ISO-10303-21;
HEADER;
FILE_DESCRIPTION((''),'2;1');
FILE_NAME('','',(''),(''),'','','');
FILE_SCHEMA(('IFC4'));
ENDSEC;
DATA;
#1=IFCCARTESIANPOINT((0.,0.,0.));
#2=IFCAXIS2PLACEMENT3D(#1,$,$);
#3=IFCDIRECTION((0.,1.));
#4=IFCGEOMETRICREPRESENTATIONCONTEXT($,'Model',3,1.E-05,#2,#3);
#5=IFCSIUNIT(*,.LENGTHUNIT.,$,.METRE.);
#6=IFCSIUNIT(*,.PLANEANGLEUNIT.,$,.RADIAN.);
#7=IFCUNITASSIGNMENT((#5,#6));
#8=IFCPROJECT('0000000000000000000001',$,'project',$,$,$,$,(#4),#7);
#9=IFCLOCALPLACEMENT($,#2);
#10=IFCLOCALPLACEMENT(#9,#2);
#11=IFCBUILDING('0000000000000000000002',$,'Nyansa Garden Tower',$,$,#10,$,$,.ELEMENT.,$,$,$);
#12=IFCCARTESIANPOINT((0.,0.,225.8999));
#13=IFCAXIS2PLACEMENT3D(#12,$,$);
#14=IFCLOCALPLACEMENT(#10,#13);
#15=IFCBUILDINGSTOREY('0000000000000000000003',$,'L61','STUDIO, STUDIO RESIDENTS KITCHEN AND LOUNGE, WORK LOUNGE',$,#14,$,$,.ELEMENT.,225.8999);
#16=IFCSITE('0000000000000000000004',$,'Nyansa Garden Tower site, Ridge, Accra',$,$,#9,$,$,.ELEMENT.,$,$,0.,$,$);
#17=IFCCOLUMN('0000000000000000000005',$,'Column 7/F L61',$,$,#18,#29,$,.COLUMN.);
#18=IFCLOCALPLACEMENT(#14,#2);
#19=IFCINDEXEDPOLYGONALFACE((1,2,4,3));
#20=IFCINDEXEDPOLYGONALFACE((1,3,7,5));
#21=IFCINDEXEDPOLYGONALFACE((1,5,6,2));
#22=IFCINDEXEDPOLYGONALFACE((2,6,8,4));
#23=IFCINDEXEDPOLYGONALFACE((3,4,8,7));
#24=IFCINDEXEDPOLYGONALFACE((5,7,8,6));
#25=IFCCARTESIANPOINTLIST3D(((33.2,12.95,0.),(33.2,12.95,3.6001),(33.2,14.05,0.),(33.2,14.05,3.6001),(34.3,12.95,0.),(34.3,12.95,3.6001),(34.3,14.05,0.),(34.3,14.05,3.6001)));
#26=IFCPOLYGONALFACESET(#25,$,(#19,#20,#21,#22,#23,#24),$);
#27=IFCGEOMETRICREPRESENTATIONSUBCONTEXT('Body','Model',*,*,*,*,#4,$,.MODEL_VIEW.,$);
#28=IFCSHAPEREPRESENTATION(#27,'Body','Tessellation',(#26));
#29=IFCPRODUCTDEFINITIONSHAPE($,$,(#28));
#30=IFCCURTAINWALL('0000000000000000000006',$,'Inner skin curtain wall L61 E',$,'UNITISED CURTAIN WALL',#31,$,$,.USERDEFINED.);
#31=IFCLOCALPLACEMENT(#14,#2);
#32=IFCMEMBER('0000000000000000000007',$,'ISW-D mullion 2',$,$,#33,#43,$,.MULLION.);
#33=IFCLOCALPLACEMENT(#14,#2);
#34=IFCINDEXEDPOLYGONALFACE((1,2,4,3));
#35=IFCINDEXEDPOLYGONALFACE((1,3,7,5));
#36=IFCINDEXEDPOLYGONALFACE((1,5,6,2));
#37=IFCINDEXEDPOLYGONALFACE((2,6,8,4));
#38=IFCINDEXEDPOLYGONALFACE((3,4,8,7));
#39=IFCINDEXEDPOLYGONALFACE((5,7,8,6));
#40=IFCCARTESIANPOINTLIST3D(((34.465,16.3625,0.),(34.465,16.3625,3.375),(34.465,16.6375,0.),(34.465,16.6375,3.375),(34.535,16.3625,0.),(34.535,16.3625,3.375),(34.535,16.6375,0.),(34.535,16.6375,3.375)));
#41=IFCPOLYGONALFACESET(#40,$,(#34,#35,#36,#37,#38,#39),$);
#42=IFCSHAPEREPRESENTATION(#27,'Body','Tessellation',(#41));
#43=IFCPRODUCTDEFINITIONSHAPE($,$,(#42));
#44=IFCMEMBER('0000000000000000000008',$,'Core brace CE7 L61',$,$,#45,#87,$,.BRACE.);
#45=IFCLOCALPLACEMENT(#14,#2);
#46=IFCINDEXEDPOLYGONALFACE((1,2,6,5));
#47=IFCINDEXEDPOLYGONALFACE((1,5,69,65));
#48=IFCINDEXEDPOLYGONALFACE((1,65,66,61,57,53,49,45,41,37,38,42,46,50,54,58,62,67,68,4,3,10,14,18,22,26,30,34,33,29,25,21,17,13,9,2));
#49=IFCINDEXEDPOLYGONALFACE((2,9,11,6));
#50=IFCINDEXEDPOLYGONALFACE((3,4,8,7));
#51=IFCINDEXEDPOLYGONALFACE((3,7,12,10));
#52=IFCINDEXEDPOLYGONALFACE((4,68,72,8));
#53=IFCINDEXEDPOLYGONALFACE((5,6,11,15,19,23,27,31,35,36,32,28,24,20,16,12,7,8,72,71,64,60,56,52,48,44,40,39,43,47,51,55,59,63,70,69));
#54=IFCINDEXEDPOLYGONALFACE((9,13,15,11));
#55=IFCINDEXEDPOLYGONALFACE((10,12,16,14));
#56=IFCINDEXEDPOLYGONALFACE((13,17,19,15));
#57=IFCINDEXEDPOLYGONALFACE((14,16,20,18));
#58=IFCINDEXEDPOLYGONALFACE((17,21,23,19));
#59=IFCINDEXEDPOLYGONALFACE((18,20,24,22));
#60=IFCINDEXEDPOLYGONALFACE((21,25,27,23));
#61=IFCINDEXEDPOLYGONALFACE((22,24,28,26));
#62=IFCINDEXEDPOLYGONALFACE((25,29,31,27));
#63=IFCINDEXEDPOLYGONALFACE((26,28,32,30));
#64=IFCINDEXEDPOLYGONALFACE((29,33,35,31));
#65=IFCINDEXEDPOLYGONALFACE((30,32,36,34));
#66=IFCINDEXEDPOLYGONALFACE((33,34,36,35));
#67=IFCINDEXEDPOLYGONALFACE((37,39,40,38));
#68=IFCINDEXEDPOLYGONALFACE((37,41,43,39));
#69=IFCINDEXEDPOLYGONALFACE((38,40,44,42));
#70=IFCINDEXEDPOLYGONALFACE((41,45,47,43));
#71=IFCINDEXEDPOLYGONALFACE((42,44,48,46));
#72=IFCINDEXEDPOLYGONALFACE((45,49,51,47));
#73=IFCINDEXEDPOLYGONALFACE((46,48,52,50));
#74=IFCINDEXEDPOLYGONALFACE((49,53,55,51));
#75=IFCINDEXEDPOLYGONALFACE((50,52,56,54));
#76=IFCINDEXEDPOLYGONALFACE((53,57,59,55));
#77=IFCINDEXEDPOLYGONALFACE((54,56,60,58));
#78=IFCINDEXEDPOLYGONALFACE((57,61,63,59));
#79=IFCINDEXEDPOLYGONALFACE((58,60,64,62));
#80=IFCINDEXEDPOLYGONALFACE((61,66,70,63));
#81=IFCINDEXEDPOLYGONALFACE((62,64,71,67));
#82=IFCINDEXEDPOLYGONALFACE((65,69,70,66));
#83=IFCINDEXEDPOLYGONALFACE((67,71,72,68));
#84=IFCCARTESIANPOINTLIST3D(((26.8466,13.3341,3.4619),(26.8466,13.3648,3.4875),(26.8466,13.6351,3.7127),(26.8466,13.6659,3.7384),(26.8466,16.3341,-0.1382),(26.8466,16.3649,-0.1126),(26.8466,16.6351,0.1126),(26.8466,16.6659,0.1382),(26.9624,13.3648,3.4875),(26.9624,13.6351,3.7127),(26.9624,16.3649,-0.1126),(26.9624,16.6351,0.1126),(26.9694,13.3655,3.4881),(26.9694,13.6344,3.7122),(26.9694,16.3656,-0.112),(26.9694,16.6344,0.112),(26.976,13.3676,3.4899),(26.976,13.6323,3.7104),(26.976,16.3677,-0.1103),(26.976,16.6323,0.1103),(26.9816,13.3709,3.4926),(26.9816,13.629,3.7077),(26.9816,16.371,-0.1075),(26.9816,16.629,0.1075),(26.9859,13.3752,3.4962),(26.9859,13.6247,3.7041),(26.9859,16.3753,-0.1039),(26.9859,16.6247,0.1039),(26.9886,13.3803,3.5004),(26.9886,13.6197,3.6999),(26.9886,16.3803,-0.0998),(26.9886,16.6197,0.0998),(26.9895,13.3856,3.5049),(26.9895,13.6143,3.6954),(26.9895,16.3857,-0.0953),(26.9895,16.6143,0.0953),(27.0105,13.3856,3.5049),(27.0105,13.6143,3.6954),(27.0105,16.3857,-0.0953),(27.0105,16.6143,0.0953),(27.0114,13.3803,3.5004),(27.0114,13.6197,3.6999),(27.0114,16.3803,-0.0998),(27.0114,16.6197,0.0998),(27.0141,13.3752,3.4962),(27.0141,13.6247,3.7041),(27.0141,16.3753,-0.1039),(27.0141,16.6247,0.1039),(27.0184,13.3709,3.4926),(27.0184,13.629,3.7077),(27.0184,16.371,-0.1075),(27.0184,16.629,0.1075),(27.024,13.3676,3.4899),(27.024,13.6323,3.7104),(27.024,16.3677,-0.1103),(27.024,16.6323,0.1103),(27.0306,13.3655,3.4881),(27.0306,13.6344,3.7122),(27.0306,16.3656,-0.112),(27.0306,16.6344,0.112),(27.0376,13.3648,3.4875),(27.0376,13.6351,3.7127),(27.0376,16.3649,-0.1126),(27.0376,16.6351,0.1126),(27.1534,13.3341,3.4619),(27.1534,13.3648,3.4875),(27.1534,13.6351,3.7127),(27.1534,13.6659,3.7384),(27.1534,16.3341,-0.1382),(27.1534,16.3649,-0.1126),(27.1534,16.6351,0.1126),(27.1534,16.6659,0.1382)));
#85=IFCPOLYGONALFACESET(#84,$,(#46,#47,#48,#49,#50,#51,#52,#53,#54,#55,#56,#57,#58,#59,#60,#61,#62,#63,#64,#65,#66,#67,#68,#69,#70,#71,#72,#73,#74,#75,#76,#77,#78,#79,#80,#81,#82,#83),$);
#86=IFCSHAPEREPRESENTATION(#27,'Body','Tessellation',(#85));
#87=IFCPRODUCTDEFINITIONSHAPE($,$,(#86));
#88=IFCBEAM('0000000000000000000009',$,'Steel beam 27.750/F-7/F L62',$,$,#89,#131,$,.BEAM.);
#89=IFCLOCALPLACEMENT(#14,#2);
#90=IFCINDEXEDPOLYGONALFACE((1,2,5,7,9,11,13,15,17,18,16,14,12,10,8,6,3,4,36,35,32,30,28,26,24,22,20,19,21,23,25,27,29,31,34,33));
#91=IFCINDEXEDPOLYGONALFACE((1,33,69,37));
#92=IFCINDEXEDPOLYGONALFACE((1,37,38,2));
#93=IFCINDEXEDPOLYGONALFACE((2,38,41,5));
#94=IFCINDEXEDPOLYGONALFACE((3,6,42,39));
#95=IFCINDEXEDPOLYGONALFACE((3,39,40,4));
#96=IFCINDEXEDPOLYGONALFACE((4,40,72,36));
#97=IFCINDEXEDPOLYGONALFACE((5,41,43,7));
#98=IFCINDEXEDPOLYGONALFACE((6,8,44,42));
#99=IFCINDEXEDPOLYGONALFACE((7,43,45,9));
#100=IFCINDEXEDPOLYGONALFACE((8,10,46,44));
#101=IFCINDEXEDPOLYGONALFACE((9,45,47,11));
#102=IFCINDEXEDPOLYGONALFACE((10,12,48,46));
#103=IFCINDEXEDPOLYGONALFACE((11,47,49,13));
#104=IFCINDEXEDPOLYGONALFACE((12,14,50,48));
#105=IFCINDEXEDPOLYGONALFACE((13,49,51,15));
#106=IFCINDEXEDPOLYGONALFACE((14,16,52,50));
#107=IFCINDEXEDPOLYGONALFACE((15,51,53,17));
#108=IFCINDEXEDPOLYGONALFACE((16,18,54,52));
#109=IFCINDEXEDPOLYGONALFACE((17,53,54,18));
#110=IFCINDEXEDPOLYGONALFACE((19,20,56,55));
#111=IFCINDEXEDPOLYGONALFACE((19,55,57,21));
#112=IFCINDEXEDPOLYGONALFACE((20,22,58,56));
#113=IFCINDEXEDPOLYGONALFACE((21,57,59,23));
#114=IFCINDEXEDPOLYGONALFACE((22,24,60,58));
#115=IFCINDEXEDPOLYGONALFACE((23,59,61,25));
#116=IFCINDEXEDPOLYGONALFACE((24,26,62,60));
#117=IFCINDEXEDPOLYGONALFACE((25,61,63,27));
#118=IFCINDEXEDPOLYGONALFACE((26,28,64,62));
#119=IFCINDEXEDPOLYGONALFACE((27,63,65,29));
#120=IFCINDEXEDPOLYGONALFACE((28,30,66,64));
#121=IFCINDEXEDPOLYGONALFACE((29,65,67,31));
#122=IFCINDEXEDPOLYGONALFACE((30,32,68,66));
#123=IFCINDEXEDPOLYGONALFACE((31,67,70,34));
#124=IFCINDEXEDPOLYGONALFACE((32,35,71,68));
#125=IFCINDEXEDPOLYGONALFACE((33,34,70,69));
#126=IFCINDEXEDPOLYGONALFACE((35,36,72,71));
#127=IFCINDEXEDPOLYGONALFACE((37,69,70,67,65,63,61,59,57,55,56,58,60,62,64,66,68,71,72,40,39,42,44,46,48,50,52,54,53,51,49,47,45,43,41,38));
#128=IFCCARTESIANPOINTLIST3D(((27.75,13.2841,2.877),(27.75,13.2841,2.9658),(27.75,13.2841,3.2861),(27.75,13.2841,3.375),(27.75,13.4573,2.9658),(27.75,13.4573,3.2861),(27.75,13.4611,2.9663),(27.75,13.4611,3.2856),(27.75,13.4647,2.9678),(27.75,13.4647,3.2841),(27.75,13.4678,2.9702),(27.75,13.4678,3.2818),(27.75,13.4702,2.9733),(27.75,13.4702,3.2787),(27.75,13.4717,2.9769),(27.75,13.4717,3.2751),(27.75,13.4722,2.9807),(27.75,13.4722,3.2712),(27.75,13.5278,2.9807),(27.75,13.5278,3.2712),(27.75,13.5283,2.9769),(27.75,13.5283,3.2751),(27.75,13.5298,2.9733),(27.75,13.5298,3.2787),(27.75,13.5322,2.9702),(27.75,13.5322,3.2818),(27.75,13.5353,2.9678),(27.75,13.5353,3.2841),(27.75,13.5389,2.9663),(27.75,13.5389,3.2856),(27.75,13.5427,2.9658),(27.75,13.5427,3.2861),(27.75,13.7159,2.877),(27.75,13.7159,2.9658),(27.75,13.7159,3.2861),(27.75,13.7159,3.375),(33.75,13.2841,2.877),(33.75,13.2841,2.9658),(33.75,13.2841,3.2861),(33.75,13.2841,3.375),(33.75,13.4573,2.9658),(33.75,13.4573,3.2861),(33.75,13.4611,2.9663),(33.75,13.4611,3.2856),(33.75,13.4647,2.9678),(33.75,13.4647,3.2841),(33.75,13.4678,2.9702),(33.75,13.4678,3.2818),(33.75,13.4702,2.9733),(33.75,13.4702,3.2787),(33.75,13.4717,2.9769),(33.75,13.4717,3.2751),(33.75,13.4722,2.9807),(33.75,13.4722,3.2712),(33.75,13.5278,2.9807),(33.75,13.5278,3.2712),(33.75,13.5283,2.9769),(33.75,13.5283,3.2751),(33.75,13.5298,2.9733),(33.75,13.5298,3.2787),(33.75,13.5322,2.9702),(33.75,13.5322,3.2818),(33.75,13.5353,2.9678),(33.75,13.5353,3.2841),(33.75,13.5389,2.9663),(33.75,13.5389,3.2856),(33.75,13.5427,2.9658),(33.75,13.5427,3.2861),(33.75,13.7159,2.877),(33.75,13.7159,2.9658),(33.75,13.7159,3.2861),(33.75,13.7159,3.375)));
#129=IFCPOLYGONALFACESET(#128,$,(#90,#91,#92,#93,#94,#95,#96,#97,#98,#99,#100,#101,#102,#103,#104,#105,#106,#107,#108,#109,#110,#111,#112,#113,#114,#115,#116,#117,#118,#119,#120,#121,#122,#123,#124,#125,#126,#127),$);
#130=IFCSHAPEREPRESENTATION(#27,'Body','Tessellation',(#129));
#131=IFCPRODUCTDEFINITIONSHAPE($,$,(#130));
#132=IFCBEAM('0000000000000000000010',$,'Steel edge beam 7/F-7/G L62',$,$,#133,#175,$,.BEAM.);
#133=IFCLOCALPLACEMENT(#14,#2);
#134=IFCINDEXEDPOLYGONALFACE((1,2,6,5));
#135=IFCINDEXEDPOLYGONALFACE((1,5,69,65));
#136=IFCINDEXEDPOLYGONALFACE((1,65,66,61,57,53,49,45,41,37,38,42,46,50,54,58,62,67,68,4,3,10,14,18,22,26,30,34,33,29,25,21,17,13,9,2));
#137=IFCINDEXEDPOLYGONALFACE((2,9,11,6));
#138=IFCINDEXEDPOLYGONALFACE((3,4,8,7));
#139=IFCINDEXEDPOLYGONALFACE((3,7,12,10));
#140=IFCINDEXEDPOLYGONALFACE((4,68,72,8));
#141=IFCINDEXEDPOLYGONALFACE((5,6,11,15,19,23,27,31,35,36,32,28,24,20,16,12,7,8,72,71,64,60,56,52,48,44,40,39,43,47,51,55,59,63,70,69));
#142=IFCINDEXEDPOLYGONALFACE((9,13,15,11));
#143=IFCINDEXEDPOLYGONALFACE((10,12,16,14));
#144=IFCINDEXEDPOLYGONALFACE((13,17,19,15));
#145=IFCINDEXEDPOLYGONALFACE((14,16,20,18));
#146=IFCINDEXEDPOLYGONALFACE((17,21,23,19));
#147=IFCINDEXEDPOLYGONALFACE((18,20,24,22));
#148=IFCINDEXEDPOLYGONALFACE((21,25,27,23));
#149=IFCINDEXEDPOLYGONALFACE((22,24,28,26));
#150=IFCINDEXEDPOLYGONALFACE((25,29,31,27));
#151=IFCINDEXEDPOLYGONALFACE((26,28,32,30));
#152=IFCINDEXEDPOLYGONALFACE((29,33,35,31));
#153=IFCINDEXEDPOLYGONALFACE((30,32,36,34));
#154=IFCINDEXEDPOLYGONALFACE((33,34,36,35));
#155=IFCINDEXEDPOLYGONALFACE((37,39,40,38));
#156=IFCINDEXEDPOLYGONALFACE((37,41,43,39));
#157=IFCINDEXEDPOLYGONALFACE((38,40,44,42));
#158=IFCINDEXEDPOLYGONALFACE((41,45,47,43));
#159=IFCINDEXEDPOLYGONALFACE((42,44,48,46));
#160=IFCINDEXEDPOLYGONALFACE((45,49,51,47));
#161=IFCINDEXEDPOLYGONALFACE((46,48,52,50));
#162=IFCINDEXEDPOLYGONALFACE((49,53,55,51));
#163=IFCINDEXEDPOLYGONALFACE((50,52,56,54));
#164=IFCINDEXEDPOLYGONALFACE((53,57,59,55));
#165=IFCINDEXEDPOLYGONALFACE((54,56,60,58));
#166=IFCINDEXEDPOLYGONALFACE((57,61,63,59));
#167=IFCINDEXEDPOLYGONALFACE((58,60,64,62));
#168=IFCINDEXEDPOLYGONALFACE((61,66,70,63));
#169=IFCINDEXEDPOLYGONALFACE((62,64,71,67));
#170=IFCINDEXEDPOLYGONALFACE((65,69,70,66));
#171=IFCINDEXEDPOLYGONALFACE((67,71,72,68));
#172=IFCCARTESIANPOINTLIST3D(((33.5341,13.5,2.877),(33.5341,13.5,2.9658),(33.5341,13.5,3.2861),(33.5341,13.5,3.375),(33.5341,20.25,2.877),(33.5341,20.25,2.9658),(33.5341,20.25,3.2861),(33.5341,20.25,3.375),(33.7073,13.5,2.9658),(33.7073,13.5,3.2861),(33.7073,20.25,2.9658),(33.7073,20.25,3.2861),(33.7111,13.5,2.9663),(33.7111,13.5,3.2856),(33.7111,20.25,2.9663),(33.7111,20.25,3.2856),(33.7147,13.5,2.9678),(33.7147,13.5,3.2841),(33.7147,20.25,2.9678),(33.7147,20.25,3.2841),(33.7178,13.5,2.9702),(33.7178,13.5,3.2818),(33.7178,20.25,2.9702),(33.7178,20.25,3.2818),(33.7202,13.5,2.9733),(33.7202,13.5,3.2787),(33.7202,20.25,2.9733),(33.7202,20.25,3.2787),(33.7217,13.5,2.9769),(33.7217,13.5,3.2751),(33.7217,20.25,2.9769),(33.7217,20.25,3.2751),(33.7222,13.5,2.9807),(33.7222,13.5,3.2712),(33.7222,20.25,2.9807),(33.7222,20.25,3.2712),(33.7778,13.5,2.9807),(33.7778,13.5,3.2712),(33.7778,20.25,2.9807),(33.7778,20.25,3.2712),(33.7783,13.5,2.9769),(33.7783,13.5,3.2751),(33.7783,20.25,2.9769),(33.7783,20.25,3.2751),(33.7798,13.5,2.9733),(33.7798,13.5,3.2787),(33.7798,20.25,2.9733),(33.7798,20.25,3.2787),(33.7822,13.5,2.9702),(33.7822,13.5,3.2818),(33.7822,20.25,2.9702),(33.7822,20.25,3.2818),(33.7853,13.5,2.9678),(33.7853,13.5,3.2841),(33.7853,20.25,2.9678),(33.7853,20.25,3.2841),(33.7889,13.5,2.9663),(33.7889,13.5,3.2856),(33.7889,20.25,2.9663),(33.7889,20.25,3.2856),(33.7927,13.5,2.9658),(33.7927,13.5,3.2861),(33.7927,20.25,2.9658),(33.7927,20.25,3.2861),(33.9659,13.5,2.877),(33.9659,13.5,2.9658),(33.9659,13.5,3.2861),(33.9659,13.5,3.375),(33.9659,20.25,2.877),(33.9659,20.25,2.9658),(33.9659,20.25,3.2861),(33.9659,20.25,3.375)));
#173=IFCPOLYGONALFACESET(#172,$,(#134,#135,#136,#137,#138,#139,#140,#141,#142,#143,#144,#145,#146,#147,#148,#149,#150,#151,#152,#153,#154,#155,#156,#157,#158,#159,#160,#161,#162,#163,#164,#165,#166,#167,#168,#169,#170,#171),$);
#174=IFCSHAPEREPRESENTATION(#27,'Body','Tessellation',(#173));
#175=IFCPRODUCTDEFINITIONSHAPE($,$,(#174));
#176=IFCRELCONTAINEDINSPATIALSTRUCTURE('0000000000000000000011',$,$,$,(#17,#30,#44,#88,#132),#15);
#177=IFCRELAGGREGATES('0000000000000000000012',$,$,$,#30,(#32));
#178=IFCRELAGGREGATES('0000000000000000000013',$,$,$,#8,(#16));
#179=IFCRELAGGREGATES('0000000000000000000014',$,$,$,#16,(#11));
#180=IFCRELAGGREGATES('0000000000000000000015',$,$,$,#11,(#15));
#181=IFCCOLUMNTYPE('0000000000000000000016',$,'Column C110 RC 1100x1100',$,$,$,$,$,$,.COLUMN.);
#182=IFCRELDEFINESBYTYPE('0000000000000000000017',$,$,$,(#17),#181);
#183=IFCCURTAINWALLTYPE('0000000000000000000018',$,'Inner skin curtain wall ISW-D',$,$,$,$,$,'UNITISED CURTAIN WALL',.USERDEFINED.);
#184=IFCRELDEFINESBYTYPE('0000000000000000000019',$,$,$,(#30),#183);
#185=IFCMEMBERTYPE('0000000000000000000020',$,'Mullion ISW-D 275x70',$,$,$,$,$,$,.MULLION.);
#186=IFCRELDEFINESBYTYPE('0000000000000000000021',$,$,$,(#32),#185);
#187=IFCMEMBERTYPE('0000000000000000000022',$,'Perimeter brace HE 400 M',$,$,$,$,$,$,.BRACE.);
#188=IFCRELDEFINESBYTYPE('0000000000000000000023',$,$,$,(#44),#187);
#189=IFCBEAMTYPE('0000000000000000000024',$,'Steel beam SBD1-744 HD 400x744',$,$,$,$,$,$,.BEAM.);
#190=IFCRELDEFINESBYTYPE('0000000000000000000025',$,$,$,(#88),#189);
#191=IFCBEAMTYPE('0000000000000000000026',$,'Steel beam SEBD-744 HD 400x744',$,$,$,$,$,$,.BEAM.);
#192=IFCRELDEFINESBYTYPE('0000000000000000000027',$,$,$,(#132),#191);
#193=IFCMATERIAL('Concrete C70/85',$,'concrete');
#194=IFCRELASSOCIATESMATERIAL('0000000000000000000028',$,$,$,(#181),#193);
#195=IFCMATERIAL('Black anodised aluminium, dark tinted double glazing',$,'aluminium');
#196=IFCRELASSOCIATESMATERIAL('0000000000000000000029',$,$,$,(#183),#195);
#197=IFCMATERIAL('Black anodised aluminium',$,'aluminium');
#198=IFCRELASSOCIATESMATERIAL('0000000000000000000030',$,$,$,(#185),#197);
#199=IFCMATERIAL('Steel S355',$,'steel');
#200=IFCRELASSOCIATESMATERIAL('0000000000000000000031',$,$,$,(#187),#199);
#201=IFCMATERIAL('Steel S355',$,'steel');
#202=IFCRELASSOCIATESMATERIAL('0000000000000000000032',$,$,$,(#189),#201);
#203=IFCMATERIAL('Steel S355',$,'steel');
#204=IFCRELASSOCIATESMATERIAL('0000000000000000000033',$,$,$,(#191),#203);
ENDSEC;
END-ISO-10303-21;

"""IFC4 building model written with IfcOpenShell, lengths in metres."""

from ifc_helpers import new_model, si_unit, direction, frame, origin, origin_2d, place, context, subcontext, project, spatial, rectangle, i_section, extrude, material, material_profile, profile_set, type_object, element, aggregate, save


model = new_model("IFC4")

# Units and contexts
model_context = context("Model", 3, precision=1e-05, world=origin(), true_north=direction((0.0, 1.0)))
body_context = subcontext(model_context, "Body", "Model", "MODEL_VIEW")
ifc_project = project(units=[si_unit("LENGTHUNIT", "METRE"), si_unit("PLANEANGLEUNIT", "RADIAN")], contexts=[model_context])

# Site, building, storey
site_placement = place(None, origin())
site = spatial("IfcSite", under=ifc_project, at=site_placement, Name="Nyansa Garden Tower site, Ridge, Accra", CompositionType="ELEMENT", RefElevation=0.0)
building_placement = place(site_placement, origin())
building = spatial("IfcBuilding", under=site, at=building_placement, Name="Nyansa Garden Tower", CompositionType="ELEMENT")
storey_placement = place(building_placement, frame((0.0, 0.0, 225.8999)))
storey = spatial("IfcBuildingStorey", under=building, at=storey_placement, Name="L61", Description="STUDIO, STUDIO RESIDENTS KITCHEN AND LOUNGE, WORK LOUNGE", CompositionType="ELEMENT", Elevation=225.8999)

# Column
ifc_material_1 = material(Name="Concrete C70/85", Category="concrete")
ifc_material_profile_1 = material_profile(ifc_material_1, rectangle(XDim=1.1001, YDim=1.1001, at=origin_2d()), Name="RC 1100x1100")
ifc_profile_set_1 = profile_set([ifc_material_profile_1], Name="Concrete C70/85")
column_type = type_object("IfcColumnType", Name="Column C110 RC 1100x1100", PredefinedType="COLUMN", material=ifc_profile_set_1)
column_placement = place(storey_placement, frame((33.75, 13.5, 0.0), z_axis=(0.0, 0.0, 1.0), x_axis=(1.0, 0.0, 0.0)))
element("IfcColumn", 1, at=column_placement, inside=storey, type_object=column_type, Name="Column 7/F L61", PredefinedType="COLUMN", context=body_context, shape_type="SweptSolid", body=[
    extrude(rectangle(XDim=1.1001, YDim=1.1001, at=origin_2d()), origin(), (0.0, 0.0, 1.0), 3.6001),
])

# Curtain wall, member
ifc_material_2 = material(Name="Black anodised aluminium, dark tinted double glazing", Category="aluminium")
curtain_wall_type = type_object("IfcCurtainWallType", Name="Inner skin curtain wall ISW-D", ElementType="UNITISED CURTAIN WALL", PredefinedType="USERDEFINED", material=ifc_material_2)
curtain_wall_placement = place(storey_placement, origin())
curtain_wall = element("IfcCurtainWall", 2, at=curtain_wall_placement, inside=storey, type_object=curtain_wall_type, Name="Inner skin curtain wall L61 E", ObjectType="UNITISED CURTAIN WALL", PredefinedType="USERDEFINED")
ifc_material_3 = material(Name="Black anodised aluminium", Category="aluminium")
ifc_material_profile_2 = material_profile(ifc_material_3, rectangle(XDim=0.0701, YDim=0.2749, at=origin_2d()), Name="Mullion 275x70")
ifc_profile_set_2 = profile_set([ifc_material_profile_2], Name="Black anodised aluminium")
member_type_1 = type_object("IfcMemberType", Name="Mullion ISW-D 275x70", PredefinedType="MULLION", material=ifc_profile_set_2)
member_1_placement = place(storey_placement, frame((34.5, 16.5, 0.0), z_axis=(0.0, 0.0, 1.0), x_axis=(-1.0, 0.0, 0.0)))
member_1 = element("IfcMember", 3, at=member_1_placement, type_object=member_type_1, Name="ISW-D mullion 2", PredefinedType="MULLION", context=body_context, shape_type="SweptSolid", body=[
    extrude(rectangle(XDim=0.0701, YDim=0.2749, at=origin_2d()), origin(), (0.0, 0.0, 1.0), 3.375),
])

# Member
ifc_material_4 = material(Name="Steel S355", Category="steel")
ifc_material_profile_3 = material_profile(ifc_material_4, i_section(OverallWidth=0.3069, OverallDepth=0.4319, WebThickness=0.021, FlangeThickness=0.04, FilletRadius=0.0271, at=origin_2d()), Name="HE 400 M")
ifc_profile_set_3 = profile_set([ifc_material_profile_3], Name="Steel S355")
member_type_2 = type_object("IfcMemberType", Name="Perimeter brace HE 400 M", PredefinedType="BRACE", material=ifc_profile_set_3)
member_2_placement = place(storey_placement, frame((27.0, 16.5, 0.0), z_axis=(0.0, -0.640174, 0.76823), x_axis=(1.0, 0.0, 0.0)))
element("IfcMember", 4, at=member_2_placement, inside=storey, type_object=member_type_2, Name="Core brace CE7 L61", PredefinedType="BRACE", context=body_context, shape_type="SweptSolid", body=[
    extrude(i_section(OverallWidth=0.3069, OverallDepth=0.4319, WebThickness=0.021, FlangeThickness=0.04, FilletRadius=0.0271, at=origin_2d()), origin(), (0.0, 0.0, 1.0), 4.6863),
])

# Beams
ifc_material_5 = material(Name="Steel S355", Category="steel")
ifc_material_profile_4 = material_profile(ifc_material_5, i_section(OverallWidth=0.4319, OverallDepth=0.498, WebThickness=0.0557, FlangeThickness=0.0889, FilletRadius=0.0149, at=origin_2d()), Name="HD 400x744")
ifc_profile_set_4 = profile_set([ifc_material_profile_4], Name="Steel S355")
beam_type_1 = type_object("IfcBeamType", Name="Steel beam SBD1-744 HD 400x744", PredefinedType="BEAM", material=ifc_profile_set_4)
beam_1_placement = place(storey_placement, frame((27.75, 13.5, 3.126), z_axis=(1.0, 0.0, 0.0), x_axis=(0.0, 1.0, 0.0)))
element("IfcBeam", 5, at=beam_1_placement, inside=storey, type_object=beam_type_1, Name="Steel beam 27.750/F-7/F L62", PredefinedType="BEAM", context=body_context, shape_type="SweptSolid", body=[
    extrude(i_section(OverallWidth=0.4319, OverallDepth=0.498, WebThickness=0.0557, FlangeThickness=0.0889, FilletRadius=0.0149, at=origin_2d()), origin(), (0.0, 0.0, 1.0), 6.0),
])
ifc_material_6 = material(Name="Steel S355", Category="steel")
ifc_material_profile_5 = material_profile(ifc_material_6, i_section(OverallWidth=0.4319, OverallDepth=0.498, WebThickness=0.0557, FlangeThickness=0.0889, FilletRadius=0.0149, at=origin_2d()), Name="HD 400x744")
ifc_profile_set_5 = profile_set([ifc_material_profile_5], Name="Steel S355")
beam_type_2 = type_object("IfcBeamType", Name="Steel beam SEBD-744 HD 400x744", PredefinedType="BEAM", material=ifc_profile_set_5)
beam_2_placement = place(storey_placement, frame((33.75, 13.5, 3.126), z_axis=(0.0, 1.0, 0.0), x_axis=(-1.0, 0.0, 0.0)))
element("IfcBeam", 6, at=beam_2_placement, inside=storey, type_object=beam_type_2, Name="Steel edge beam 7/F-7/G L62", PredefinedType="BEAM", context=body_context, shape_type="SweptSolid", body=[
    extrude(i_section(OverallWidth=0.4319, OverallDepth=0.498, WebThickness=0.0557, FlangeThickness=0.0889, FilletRadius=0.0149, at=origin_2d()), origin(), (0.0, 0.0, 1.0), 6.75),
])

aggregate(curtain_wall, [member_1])

save(model, "model.ifc")
